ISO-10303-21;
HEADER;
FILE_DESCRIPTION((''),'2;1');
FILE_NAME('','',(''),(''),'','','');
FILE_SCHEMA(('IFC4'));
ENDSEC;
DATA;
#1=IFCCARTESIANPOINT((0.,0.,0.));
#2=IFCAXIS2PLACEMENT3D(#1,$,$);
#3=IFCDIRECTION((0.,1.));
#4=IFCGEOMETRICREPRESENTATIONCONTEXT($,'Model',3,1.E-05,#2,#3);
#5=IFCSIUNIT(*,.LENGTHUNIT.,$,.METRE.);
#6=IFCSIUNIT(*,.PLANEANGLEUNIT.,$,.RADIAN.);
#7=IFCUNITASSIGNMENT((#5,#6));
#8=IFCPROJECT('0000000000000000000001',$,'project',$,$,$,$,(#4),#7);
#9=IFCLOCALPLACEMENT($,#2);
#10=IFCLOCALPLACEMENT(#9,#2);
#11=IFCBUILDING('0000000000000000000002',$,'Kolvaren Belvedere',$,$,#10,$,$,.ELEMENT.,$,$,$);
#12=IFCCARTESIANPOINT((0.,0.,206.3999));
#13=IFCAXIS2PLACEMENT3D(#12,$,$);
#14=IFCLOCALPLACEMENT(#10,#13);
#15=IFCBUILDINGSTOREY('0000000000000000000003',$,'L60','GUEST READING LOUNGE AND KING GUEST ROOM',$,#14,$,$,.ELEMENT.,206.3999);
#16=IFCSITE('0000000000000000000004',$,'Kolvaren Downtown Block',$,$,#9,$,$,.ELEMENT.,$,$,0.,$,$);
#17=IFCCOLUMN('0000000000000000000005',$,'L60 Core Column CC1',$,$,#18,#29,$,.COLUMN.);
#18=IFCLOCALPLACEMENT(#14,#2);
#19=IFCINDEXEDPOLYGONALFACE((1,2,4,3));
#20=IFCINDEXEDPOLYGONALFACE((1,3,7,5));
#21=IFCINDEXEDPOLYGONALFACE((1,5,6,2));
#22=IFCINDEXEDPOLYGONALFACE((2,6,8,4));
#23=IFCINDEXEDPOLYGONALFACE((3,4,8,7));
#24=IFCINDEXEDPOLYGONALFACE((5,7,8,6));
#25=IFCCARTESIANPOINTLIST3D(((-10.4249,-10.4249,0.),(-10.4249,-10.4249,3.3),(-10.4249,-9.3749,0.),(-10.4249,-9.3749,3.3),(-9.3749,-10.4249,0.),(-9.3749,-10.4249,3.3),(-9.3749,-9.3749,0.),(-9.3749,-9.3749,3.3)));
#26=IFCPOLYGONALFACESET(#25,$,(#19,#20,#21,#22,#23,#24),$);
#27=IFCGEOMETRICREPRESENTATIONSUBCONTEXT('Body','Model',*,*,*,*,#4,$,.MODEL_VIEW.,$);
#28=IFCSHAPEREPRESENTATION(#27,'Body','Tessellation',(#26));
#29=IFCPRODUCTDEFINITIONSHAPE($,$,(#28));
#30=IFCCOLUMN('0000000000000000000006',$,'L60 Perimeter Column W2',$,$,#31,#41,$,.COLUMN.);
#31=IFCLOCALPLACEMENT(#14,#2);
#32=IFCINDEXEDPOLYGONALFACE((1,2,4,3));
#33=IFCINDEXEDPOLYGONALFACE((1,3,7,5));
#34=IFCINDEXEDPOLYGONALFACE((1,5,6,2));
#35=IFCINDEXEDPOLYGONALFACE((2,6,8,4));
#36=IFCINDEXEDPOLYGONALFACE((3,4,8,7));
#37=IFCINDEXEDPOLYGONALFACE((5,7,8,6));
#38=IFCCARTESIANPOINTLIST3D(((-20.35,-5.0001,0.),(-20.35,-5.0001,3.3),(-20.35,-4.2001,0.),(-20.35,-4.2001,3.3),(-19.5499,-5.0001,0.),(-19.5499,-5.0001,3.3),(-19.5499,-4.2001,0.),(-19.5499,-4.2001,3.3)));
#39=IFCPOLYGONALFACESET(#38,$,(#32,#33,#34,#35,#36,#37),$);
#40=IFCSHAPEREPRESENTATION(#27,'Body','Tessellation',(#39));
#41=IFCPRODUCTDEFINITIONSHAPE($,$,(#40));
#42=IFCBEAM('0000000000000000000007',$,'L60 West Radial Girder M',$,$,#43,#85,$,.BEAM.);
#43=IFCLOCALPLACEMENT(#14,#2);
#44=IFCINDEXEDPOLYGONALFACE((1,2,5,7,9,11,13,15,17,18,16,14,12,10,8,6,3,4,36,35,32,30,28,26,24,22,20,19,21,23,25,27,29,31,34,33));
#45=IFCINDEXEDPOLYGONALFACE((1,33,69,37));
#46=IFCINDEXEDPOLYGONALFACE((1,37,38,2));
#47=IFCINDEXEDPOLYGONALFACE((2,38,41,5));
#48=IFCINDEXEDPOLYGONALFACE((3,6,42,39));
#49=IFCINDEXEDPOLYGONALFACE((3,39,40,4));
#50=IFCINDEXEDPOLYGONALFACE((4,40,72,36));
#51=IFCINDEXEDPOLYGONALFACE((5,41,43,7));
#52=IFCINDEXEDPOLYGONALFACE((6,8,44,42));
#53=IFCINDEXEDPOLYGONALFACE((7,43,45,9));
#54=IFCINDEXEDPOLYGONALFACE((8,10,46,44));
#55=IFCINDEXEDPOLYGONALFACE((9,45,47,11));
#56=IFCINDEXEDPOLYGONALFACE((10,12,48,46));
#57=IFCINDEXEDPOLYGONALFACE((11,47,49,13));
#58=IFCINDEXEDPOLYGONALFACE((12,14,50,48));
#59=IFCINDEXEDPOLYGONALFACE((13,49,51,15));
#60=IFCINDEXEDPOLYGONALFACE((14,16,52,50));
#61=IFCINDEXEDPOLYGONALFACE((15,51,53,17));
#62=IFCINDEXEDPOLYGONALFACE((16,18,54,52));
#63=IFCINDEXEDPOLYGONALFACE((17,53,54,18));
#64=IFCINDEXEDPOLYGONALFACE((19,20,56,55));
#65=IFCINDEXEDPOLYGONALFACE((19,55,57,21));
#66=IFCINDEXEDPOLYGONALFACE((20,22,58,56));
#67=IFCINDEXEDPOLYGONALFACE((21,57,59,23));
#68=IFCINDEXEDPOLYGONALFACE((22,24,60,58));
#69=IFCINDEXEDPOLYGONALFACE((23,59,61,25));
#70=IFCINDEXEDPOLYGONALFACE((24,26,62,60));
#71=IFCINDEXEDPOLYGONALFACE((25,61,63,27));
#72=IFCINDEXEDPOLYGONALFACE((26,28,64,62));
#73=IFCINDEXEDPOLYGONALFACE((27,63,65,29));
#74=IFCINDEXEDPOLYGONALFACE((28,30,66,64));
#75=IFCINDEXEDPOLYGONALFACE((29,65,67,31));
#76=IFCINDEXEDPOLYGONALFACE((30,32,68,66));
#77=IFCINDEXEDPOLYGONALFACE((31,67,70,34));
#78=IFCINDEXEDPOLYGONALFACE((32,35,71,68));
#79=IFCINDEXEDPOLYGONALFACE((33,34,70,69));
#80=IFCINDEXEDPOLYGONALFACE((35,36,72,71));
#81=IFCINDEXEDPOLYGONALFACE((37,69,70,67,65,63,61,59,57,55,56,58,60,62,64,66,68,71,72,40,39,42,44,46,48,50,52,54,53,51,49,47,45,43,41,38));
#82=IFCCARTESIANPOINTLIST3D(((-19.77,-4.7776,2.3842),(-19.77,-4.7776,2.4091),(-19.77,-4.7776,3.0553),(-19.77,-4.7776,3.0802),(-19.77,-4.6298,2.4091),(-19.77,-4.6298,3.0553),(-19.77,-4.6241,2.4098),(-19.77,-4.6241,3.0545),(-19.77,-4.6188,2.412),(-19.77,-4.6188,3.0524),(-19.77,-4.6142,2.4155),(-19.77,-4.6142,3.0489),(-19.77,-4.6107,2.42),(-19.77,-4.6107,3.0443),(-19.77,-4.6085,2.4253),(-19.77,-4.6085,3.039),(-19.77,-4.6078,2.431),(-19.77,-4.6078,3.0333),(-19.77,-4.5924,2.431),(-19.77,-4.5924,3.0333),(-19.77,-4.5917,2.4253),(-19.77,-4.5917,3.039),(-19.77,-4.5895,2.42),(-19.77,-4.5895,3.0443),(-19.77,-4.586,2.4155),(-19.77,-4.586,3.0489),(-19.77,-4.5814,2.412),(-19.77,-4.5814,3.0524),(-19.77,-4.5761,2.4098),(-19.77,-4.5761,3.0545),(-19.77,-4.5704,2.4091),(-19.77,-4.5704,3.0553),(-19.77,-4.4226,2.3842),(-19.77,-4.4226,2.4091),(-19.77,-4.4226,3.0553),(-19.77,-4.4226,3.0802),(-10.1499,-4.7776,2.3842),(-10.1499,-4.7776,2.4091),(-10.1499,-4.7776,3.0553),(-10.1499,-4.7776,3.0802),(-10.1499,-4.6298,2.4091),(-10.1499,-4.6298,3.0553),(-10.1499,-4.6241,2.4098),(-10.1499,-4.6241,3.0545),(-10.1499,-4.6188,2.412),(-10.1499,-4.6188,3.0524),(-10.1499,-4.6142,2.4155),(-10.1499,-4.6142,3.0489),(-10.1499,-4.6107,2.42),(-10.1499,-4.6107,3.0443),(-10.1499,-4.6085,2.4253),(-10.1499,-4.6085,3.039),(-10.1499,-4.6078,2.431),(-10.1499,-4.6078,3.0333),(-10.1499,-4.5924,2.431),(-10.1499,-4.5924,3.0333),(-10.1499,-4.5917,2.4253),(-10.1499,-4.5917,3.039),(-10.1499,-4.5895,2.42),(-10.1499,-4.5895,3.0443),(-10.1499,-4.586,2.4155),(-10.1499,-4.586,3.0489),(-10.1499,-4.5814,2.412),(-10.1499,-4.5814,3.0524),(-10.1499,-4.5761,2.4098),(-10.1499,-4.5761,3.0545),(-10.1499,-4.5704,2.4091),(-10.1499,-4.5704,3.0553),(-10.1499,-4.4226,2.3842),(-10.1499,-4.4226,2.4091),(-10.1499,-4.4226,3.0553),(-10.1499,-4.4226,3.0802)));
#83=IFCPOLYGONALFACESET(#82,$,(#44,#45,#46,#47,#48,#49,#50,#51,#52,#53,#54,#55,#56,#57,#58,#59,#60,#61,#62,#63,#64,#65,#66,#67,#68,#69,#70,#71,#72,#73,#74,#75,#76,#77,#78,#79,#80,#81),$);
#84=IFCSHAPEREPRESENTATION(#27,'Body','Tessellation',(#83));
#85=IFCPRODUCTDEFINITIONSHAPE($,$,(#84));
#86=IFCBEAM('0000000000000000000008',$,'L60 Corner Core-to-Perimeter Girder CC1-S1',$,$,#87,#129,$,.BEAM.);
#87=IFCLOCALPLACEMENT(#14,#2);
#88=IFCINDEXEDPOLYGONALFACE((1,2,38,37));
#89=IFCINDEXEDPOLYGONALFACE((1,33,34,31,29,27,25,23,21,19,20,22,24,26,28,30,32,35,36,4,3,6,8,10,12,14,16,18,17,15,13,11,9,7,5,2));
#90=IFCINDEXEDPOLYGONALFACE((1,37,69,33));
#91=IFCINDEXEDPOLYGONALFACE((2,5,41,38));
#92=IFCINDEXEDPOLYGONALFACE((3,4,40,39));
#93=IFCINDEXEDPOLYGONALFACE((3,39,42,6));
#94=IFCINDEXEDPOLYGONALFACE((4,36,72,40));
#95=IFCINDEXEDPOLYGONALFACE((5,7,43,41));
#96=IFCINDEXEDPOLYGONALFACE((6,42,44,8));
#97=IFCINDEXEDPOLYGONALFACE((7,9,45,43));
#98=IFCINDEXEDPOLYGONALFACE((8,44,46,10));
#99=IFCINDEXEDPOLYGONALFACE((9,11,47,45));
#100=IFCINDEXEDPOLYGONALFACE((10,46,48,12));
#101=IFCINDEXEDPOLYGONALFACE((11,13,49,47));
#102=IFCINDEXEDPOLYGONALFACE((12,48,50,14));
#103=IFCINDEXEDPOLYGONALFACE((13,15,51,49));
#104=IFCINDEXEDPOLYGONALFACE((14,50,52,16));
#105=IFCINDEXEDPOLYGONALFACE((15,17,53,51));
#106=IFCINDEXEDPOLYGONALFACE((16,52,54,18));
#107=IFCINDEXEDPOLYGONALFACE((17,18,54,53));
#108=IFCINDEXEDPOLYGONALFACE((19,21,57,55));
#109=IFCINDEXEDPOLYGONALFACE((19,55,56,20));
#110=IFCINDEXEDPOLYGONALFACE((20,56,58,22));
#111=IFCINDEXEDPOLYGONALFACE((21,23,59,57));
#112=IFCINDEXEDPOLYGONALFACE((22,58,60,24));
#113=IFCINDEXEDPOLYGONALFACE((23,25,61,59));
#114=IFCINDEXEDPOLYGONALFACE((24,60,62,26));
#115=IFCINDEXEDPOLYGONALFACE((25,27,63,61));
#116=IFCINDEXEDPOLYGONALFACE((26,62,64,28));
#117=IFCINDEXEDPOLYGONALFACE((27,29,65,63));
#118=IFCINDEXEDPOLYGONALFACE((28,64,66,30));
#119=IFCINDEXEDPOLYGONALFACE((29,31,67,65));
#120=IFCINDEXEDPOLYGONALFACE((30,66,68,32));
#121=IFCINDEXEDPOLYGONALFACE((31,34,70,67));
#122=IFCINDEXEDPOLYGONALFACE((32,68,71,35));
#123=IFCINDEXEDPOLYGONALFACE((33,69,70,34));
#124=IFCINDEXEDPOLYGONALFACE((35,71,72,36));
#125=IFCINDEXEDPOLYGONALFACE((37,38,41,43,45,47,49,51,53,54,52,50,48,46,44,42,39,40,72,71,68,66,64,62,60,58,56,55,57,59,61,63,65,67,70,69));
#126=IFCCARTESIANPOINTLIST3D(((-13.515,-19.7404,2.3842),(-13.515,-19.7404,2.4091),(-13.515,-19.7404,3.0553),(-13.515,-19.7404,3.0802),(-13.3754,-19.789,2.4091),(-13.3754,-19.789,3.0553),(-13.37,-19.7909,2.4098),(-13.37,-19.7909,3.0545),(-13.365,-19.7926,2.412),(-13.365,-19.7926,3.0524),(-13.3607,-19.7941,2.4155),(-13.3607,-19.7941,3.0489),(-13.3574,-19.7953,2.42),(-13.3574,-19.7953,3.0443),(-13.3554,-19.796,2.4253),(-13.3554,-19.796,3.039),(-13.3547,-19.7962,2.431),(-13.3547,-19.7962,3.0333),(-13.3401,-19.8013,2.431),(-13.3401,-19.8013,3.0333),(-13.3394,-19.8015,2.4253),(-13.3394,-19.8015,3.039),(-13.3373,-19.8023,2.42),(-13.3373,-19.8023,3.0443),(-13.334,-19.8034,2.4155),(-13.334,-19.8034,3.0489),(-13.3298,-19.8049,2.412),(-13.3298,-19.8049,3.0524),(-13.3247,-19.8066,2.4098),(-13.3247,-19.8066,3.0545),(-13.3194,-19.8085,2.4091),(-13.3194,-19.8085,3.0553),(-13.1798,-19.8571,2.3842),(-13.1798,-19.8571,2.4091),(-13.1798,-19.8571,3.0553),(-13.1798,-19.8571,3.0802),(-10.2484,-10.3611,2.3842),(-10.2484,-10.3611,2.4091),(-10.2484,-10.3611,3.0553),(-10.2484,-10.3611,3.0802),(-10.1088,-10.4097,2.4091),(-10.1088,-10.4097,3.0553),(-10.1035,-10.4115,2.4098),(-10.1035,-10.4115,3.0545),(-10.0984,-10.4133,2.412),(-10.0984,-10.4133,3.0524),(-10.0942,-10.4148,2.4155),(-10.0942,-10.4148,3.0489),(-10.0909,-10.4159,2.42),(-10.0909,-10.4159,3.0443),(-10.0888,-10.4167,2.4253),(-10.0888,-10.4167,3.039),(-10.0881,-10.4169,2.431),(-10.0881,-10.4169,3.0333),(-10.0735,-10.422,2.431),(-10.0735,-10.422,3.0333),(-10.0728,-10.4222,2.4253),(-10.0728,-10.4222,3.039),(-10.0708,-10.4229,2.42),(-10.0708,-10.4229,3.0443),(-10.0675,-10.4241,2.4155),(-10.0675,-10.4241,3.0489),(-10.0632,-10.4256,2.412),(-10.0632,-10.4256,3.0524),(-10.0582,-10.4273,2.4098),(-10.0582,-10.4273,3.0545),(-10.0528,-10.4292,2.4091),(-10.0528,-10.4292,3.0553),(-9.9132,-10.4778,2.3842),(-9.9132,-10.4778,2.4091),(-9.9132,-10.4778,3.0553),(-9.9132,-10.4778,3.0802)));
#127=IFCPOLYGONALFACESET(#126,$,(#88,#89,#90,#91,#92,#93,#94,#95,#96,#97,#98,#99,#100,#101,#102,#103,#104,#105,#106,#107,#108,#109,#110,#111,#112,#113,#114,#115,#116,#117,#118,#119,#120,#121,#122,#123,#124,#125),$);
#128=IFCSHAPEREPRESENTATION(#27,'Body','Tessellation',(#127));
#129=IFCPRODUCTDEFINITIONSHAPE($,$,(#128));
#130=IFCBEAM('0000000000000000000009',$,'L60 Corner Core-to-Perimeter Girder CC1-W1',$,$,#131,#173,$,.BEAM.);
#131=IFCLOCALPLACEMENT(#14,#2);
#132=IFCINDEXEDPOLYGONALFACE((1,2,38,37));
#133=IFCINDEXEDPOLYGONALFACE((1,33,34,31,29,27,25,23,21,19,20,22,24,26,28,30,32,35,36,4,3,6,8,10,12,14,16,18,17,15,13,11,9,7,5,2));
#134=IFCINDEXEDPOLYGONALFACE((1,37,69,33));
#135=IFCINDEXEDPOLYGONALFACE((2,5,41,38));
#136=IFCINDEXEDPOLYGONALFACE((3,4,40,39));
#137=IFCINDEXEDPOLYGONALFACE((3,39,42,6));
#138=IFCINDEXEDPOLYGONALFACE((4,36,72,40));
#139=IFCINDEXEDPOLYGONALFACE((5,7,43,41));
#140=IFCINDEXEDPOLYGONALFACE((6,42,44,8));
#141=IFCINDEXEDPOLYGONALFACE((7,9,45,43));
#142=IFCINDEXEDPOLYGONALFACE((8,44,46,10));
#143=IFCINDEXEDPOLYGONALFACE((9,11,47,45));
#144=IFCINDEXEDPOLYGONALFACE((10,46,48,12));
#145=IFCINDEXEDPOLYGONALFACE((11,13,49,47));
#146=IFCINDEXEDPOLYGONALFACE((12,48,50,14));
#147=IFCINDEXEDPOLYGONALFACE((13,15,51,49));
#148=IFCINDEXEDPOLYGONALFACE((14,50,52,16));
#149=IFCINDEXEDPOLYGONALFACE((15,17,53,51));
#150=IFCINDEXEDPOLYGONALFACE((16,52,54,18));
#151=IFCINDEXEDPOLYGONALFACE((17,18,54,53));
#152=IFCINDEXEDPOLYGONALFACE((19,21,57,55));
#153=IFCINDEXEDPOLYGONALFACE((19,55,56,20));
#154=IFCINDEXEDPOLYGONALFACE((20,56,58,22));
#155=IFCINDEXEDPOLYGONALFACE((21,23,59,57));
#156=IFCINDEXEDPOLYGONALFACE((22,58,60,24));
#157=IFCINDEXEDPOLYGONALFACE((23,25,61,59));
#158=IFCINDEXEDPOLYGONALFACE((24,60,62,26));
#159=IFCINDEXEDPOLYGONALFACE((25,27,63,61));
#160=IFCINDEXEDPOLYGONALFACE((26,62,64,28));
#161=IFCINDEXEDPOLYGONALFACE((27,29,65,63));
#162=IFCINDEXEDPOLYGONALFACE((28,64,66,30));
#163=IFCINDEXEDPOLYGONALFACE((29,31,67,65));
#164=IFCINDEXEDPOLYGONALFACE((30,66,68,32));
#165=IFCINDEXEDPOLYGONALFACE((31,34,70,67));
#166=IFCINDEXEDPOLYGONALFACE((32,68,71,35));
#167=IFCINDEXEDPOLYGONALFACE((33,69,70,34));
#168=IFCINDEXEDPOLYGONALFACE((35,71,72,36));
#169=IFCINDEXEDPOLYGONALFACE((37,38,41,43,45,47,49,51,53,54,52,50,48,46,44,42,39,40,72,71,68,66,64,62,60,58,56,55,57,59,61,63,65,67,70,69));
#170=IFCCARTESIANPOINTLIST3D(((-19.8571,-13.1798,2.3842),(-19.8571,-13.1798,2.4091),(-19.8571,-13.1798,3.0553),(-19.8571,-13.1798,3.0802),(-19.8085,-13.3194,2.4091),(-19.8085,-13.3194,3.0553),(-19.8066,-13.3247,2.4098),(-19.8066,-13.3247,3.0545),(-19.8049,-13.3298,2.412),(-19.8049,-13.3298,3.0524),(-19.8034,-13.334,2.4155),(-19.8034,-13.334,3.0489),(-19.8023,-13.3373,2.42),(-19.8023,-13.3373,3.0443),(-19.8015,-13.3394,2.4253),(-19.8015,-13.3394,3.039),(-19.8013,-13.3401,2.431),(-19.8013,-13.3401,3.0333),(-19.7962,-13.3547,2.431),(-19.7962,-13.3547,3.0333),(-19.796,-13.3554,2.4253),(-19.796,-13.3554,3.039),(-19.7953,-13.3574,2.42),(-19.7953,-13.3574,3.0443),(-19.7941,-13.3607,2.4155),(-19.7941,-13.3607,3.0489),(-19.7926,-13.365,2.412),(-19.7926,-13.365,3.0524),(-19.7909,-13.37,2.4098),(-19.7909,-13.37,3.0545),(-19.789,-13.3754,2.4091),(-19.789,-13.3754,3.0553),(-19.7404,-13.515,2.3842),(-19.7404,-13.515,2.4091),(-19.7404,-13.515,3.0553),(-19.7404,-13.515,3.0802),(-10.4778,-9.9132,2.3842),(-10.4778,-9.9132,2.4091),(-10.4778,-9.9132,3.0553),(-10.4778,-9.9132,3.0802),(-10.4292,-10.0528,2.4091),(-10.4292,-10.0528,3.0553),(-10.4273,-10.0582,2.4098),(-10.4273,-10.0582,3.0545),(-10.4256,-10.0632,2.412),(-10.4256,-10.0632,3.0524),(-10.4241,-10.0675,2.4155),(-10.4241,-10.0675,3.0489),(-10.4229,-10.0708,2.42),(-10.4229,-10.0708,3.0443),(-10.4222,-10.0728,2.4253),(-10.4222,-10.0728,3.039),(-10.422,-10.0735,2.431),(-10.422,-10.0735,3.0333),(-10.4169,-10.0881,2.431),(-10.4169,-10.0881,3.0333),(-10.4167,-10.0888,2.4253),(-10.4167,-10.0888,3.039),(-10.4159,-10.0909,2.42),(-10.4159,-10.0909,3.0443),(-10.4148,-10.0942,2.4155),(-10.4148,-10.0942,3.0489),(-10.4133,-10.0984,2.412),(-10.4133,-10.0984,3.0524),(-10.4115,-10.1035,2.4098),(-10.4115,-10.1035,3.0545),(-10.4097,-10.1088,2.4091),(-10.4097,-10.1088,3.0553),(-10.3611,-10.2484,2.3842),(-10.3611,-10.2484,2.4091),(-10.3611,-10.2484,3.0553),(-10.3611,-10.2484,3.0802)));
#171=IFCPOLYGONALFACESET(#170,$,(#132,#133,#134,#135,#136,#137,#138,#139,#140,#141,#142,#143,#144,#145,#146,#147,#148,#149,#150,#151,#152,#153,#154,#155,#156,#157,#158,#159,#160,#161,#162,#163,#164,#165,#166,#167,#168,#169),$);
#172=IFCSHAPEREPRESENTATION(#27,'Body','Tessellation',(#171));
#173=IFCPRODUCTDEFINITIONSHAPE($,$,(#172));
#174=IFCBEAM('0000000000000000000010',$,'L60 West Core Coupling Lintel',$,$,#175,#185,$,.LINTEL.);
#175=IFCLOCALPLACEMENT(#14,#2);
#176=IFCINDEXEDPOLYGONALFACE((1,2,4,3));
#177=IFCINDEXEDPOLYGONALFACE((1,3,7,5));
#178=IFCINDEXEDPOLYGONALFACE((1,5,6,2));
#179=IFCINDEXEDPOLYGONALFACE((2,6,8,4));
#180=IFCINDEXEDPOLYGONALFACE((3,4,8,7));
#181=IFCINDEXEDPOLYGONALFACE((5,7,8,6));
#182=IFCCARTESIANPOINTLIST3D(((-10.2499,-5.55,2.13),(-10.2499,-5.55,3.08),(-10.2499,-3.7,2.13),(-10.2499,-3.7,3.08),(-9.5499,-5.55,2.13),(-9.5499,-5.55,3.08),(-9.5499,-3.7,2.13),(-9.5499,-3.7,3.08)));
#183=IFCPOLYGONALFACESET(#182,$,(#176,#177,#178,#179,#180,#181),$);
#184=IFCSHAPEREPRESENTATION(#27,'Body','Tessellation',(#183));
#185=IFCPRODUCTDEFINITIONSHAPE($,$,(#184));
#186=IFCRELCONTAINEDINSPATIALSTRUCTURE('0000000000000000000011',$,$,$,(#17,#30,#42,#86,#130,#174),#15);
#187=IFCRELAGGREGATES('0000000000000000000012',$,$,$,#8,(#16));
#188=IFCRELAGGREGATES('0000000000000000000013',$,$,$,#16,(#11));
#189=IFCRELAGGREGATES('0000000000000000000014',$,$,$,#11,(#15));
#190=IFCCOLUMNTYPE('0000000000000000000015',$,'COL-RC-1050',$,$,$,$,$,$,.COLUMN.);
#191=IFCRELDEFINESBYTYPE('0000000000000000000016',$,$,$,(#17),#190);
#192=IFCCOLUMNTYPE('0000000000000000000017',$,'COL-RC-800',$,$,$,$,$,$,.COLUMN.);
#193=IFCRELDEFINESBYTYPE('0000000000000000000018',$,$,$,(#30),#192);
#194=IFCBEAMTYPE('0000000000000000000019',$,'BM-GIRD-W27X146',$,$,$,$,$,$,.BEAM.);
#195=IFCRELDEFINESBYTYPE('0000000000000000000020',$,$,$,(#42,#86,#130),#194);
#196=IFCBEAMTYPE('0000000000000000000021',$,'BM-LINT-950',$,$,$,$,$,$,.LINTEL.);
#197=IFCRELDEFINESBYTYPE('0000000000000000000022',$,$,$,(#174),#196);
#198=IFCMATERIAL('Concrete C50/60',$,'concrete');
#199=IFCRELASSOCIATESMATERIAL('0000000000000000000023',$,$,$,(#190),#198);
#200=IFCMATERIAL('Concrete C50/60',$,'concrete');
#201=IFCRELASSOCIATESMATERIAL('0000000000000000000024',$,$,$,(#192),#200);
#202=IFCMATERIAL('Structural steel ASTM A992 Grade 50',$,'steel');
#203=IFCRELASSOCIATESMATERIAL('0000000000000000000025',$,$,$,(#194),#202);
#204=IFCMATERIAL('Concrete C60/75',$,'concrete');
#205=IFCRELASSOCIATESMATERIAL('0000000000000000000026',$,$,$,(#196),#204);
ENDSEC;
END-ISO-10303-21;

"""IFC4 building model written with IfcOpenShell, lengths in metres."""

from ifc_helpers import new_model, si_unit, direction, frame, origin, origin_2d, place, context, subcontext, project, spatial, rectangle, i_section, extrude, material, material_profile, profile_set, type_object, element, save


model = new_model("IFC4")

# Units and contexts
model_context = context("Model", 3, precision=1e-05, world=origin(), true_north=direction((0.0, 1.0)))
body_context = subcontext(model_context, "Body", "Model", "MODEL_VIEW")
ifc_project = project(units=[si_unit("LENGTHUNIT", "METRE"), si_unit("PLANEANGLEUNIT", "RADIAN")], contexts=[model_context])

# Site, building, storey
site_placement = place(None, origin())
site = spatial("IfcSite", under=ifc_project, at=site_placement, Name="Kolvaren Downtown Block", CompositionType="ELEMENT", RefElevation=0.0)
building_placement = place(site_placement, origin())
building = spatial("IfcBuilding", under=site, at=building_placement, Name="Kolvaren Belvedere", CompositionType="ELEMENT")
storey_placement = place(building_placement, frame((0.0, 0.0, 206.3999)))
storey = spatial("IfcBuildingStorey", under=building, at=storey_placement, Name="L60", Description="GUEST READING LOUNGE AND KING GUEST ROOM", CompositionType="ELEMENT", Elevation=206.3999)

# Columns
ifc_material_1 = material(Name="Concrete C50/60", Category="concrete")
ifc_material_profile_1 = material_profile(ifc_material_1, rectangle(XDim=1.05, YDim=1.05, at=origin_2d()), Name="RC 1050X1050")
ifc_profile_set_1 = profile_set([ifc_material_profile_1], Name="Concrete C50/60")
column_type_1 = type_object("IfcColumnType", Name="COL-RC-1050", PredefinedType="COLUMN", material=ifc_profile_set_1)
column_1_placement = place(storey_placement, frame((-9.8999, -9.8999, 0.0), z_axis=(0.0, 0.0, 1.0), x_axis=(1.0, 0.0, 0.0)))
element("IfcColumn", 1, at=column_1_placement, inside=storey, type_object=column_type_1, Name="L60 Core Column CC1", PredefinedType="COLUMN", context=body_context, shape_type="SweptSolid", body=[
    extrude(rectangle(XDim=1.05, YDim=1.05, at=origin_2d()), origin(), (0.0, 0.0, 1.0), 3.3),
])
ifc_material_2 = material(Name="Concrete C50/60", Category="concrete")
ifc_material_profile_2 = material_profile(ifc_material_2, rectangle(XDim=0.8, YDim=0.8, at=origin_2d()), Name="RC 800X800")
ifc_profile_set_2 = profile_set([ifc_material_profile_2], Name="Concrete C50/60")
column_type_2 = type_object("IfcColumnType", Name="COL-RC-800", PredefinedType="COLUMN", material=ifc_profile_set_2)
column_2_placement = place(storey_placement, frame((-19.95, -4.6001, 0.0), z_axis=(0.0, 0.0, 1.0), x_axis=(1.0, 0.0, 0.0)))
element("IfcColumn", 2, at=column_2_placement, inside=storey, type_object=column_type_2, Name="L60 Perimeter Column W2", PredefinedType="COLUMN", context=body_context, shape_type="SweptSolid", body=[
    extrude(rectangle(XDim=0.8, YDim=0.8, at=origin_2d()), origin(), (0.0, 0.0, 1.0), 3.3),
])

# Beams
ifc_material_3 = material(Name="Structural steel ASTM A992 Grade 50", Category="steel")
ifc_material_profile_3 = material_profile(ifc_material_3, i_section(OverallWidth=0.355, OverallDepth=0.696, WebThickness=0.0154, FlangeThickness=0.0249, FilletRadius=0.022, at=origin_2d()), Name="W27X146")
ifc_profile_set_3 = profile_set([ifc_material_profile_3], Name="Structural steel ASTM A992 Grade 50")
beam_type_1 = type_object("IfcBeamType", Name="BM-GIRD-W27X146", PredefinedType="BEAM", material=ifc_profile_set_3)
beam_1_placement = place(storey_placement, frame((-10.1499, -4.6001, 2.7322), z_axis=(-1.0, 0.0, 0.0), x_axis=(0.0, -1.0, 0.0)))
element("IfcBeam", 3, at=beam_1_placement, inside=storey, type_object=beam_type_1, Name="L60 West Radial Girder M", PredefinedType="BEAM", context=body_context, shape_type="SweptSolid", body=[
    extrude(i_section(OverallWidth=0.355, OverallDepth=0.696, WebThickness=0.0154, FlangeThickness=0.0249, FilletRadius=0.022, at=origin_2d()), origin(), (0.0, 0.0, 1.0), 9.6201),
])
for number, where, z_axis, x_axis, name in (
    (4, (-10.0808, -10.4194, 2.7322), (-0.328898, -0.944365, 0.0), (0.944365, -0.328898, 0.0), "L60 Corner Core-to-Perimeter Girder CC1-S1"),
    (5, (-10.4194, -10.0808, 2.7322), (-0.944365, -0.328898, 0.0), (0.328898, -0.944365, 0.0), "L60 Corner Core-to-Perimeter Girder CC1-W1"),
):
    element("IfcBeam", number, at=place(storey_placement, frame(where, z_axis=z_axis, x_axis=x_axis)), inside=storey, type_object=beam_type_1, Name=name, PredefinedType="BEAM", context=body_context, shape_type="SweptSolid", body=[
        extrude(i_section(OverallWidth=0.355, OverallDepth=0.696, WebThickness=0.0154, FlangeThickness=0.0249, FilletRadius=0.022, at=origin_2d()), origin(), (0.0, 0.0, 1.0), 9.9319),
    ])
ifc_material_4 = material(Name="Concrete C60/75", Category="concrete")
ifc_material_profile_4 = material_profile(ifc_material_4, rectangle(XDim=0.7, YDim=0.95, at=origin_2d()), Name="RC 700X950")
ifc_profile_set_4 = profile_set([ifc_material_profile_4], Name="Concrete C60/75")
beam_type_2 = type_object("IfcBeamType", Name="BM-LINT-950", PredefinedType="LINTEL", material=ifc_profile_set_4)
beam_2_placement = place(storey_placement, frame((-9.8999, -5.55, 2.605), z_axis=(0.0, 1.0, 0.0), x_axis=(-1.0, 0.0, 0.0)))
element("IfcBeam", 6, at=beam_2_placement, inside=storey, type_object=beam_type_2, Name="L60 West Core Coupling Lintel", PredefinedType="LINTEL", context=body_context, shape_type="SweptSolid", body=[
    extrude(rectangle(XDim=0.7, YDim=0.95, at=origin_2d()), origin(), (0.0, 0.0, 1.0), 1.8501),
])

save(model, "model.ifc")
